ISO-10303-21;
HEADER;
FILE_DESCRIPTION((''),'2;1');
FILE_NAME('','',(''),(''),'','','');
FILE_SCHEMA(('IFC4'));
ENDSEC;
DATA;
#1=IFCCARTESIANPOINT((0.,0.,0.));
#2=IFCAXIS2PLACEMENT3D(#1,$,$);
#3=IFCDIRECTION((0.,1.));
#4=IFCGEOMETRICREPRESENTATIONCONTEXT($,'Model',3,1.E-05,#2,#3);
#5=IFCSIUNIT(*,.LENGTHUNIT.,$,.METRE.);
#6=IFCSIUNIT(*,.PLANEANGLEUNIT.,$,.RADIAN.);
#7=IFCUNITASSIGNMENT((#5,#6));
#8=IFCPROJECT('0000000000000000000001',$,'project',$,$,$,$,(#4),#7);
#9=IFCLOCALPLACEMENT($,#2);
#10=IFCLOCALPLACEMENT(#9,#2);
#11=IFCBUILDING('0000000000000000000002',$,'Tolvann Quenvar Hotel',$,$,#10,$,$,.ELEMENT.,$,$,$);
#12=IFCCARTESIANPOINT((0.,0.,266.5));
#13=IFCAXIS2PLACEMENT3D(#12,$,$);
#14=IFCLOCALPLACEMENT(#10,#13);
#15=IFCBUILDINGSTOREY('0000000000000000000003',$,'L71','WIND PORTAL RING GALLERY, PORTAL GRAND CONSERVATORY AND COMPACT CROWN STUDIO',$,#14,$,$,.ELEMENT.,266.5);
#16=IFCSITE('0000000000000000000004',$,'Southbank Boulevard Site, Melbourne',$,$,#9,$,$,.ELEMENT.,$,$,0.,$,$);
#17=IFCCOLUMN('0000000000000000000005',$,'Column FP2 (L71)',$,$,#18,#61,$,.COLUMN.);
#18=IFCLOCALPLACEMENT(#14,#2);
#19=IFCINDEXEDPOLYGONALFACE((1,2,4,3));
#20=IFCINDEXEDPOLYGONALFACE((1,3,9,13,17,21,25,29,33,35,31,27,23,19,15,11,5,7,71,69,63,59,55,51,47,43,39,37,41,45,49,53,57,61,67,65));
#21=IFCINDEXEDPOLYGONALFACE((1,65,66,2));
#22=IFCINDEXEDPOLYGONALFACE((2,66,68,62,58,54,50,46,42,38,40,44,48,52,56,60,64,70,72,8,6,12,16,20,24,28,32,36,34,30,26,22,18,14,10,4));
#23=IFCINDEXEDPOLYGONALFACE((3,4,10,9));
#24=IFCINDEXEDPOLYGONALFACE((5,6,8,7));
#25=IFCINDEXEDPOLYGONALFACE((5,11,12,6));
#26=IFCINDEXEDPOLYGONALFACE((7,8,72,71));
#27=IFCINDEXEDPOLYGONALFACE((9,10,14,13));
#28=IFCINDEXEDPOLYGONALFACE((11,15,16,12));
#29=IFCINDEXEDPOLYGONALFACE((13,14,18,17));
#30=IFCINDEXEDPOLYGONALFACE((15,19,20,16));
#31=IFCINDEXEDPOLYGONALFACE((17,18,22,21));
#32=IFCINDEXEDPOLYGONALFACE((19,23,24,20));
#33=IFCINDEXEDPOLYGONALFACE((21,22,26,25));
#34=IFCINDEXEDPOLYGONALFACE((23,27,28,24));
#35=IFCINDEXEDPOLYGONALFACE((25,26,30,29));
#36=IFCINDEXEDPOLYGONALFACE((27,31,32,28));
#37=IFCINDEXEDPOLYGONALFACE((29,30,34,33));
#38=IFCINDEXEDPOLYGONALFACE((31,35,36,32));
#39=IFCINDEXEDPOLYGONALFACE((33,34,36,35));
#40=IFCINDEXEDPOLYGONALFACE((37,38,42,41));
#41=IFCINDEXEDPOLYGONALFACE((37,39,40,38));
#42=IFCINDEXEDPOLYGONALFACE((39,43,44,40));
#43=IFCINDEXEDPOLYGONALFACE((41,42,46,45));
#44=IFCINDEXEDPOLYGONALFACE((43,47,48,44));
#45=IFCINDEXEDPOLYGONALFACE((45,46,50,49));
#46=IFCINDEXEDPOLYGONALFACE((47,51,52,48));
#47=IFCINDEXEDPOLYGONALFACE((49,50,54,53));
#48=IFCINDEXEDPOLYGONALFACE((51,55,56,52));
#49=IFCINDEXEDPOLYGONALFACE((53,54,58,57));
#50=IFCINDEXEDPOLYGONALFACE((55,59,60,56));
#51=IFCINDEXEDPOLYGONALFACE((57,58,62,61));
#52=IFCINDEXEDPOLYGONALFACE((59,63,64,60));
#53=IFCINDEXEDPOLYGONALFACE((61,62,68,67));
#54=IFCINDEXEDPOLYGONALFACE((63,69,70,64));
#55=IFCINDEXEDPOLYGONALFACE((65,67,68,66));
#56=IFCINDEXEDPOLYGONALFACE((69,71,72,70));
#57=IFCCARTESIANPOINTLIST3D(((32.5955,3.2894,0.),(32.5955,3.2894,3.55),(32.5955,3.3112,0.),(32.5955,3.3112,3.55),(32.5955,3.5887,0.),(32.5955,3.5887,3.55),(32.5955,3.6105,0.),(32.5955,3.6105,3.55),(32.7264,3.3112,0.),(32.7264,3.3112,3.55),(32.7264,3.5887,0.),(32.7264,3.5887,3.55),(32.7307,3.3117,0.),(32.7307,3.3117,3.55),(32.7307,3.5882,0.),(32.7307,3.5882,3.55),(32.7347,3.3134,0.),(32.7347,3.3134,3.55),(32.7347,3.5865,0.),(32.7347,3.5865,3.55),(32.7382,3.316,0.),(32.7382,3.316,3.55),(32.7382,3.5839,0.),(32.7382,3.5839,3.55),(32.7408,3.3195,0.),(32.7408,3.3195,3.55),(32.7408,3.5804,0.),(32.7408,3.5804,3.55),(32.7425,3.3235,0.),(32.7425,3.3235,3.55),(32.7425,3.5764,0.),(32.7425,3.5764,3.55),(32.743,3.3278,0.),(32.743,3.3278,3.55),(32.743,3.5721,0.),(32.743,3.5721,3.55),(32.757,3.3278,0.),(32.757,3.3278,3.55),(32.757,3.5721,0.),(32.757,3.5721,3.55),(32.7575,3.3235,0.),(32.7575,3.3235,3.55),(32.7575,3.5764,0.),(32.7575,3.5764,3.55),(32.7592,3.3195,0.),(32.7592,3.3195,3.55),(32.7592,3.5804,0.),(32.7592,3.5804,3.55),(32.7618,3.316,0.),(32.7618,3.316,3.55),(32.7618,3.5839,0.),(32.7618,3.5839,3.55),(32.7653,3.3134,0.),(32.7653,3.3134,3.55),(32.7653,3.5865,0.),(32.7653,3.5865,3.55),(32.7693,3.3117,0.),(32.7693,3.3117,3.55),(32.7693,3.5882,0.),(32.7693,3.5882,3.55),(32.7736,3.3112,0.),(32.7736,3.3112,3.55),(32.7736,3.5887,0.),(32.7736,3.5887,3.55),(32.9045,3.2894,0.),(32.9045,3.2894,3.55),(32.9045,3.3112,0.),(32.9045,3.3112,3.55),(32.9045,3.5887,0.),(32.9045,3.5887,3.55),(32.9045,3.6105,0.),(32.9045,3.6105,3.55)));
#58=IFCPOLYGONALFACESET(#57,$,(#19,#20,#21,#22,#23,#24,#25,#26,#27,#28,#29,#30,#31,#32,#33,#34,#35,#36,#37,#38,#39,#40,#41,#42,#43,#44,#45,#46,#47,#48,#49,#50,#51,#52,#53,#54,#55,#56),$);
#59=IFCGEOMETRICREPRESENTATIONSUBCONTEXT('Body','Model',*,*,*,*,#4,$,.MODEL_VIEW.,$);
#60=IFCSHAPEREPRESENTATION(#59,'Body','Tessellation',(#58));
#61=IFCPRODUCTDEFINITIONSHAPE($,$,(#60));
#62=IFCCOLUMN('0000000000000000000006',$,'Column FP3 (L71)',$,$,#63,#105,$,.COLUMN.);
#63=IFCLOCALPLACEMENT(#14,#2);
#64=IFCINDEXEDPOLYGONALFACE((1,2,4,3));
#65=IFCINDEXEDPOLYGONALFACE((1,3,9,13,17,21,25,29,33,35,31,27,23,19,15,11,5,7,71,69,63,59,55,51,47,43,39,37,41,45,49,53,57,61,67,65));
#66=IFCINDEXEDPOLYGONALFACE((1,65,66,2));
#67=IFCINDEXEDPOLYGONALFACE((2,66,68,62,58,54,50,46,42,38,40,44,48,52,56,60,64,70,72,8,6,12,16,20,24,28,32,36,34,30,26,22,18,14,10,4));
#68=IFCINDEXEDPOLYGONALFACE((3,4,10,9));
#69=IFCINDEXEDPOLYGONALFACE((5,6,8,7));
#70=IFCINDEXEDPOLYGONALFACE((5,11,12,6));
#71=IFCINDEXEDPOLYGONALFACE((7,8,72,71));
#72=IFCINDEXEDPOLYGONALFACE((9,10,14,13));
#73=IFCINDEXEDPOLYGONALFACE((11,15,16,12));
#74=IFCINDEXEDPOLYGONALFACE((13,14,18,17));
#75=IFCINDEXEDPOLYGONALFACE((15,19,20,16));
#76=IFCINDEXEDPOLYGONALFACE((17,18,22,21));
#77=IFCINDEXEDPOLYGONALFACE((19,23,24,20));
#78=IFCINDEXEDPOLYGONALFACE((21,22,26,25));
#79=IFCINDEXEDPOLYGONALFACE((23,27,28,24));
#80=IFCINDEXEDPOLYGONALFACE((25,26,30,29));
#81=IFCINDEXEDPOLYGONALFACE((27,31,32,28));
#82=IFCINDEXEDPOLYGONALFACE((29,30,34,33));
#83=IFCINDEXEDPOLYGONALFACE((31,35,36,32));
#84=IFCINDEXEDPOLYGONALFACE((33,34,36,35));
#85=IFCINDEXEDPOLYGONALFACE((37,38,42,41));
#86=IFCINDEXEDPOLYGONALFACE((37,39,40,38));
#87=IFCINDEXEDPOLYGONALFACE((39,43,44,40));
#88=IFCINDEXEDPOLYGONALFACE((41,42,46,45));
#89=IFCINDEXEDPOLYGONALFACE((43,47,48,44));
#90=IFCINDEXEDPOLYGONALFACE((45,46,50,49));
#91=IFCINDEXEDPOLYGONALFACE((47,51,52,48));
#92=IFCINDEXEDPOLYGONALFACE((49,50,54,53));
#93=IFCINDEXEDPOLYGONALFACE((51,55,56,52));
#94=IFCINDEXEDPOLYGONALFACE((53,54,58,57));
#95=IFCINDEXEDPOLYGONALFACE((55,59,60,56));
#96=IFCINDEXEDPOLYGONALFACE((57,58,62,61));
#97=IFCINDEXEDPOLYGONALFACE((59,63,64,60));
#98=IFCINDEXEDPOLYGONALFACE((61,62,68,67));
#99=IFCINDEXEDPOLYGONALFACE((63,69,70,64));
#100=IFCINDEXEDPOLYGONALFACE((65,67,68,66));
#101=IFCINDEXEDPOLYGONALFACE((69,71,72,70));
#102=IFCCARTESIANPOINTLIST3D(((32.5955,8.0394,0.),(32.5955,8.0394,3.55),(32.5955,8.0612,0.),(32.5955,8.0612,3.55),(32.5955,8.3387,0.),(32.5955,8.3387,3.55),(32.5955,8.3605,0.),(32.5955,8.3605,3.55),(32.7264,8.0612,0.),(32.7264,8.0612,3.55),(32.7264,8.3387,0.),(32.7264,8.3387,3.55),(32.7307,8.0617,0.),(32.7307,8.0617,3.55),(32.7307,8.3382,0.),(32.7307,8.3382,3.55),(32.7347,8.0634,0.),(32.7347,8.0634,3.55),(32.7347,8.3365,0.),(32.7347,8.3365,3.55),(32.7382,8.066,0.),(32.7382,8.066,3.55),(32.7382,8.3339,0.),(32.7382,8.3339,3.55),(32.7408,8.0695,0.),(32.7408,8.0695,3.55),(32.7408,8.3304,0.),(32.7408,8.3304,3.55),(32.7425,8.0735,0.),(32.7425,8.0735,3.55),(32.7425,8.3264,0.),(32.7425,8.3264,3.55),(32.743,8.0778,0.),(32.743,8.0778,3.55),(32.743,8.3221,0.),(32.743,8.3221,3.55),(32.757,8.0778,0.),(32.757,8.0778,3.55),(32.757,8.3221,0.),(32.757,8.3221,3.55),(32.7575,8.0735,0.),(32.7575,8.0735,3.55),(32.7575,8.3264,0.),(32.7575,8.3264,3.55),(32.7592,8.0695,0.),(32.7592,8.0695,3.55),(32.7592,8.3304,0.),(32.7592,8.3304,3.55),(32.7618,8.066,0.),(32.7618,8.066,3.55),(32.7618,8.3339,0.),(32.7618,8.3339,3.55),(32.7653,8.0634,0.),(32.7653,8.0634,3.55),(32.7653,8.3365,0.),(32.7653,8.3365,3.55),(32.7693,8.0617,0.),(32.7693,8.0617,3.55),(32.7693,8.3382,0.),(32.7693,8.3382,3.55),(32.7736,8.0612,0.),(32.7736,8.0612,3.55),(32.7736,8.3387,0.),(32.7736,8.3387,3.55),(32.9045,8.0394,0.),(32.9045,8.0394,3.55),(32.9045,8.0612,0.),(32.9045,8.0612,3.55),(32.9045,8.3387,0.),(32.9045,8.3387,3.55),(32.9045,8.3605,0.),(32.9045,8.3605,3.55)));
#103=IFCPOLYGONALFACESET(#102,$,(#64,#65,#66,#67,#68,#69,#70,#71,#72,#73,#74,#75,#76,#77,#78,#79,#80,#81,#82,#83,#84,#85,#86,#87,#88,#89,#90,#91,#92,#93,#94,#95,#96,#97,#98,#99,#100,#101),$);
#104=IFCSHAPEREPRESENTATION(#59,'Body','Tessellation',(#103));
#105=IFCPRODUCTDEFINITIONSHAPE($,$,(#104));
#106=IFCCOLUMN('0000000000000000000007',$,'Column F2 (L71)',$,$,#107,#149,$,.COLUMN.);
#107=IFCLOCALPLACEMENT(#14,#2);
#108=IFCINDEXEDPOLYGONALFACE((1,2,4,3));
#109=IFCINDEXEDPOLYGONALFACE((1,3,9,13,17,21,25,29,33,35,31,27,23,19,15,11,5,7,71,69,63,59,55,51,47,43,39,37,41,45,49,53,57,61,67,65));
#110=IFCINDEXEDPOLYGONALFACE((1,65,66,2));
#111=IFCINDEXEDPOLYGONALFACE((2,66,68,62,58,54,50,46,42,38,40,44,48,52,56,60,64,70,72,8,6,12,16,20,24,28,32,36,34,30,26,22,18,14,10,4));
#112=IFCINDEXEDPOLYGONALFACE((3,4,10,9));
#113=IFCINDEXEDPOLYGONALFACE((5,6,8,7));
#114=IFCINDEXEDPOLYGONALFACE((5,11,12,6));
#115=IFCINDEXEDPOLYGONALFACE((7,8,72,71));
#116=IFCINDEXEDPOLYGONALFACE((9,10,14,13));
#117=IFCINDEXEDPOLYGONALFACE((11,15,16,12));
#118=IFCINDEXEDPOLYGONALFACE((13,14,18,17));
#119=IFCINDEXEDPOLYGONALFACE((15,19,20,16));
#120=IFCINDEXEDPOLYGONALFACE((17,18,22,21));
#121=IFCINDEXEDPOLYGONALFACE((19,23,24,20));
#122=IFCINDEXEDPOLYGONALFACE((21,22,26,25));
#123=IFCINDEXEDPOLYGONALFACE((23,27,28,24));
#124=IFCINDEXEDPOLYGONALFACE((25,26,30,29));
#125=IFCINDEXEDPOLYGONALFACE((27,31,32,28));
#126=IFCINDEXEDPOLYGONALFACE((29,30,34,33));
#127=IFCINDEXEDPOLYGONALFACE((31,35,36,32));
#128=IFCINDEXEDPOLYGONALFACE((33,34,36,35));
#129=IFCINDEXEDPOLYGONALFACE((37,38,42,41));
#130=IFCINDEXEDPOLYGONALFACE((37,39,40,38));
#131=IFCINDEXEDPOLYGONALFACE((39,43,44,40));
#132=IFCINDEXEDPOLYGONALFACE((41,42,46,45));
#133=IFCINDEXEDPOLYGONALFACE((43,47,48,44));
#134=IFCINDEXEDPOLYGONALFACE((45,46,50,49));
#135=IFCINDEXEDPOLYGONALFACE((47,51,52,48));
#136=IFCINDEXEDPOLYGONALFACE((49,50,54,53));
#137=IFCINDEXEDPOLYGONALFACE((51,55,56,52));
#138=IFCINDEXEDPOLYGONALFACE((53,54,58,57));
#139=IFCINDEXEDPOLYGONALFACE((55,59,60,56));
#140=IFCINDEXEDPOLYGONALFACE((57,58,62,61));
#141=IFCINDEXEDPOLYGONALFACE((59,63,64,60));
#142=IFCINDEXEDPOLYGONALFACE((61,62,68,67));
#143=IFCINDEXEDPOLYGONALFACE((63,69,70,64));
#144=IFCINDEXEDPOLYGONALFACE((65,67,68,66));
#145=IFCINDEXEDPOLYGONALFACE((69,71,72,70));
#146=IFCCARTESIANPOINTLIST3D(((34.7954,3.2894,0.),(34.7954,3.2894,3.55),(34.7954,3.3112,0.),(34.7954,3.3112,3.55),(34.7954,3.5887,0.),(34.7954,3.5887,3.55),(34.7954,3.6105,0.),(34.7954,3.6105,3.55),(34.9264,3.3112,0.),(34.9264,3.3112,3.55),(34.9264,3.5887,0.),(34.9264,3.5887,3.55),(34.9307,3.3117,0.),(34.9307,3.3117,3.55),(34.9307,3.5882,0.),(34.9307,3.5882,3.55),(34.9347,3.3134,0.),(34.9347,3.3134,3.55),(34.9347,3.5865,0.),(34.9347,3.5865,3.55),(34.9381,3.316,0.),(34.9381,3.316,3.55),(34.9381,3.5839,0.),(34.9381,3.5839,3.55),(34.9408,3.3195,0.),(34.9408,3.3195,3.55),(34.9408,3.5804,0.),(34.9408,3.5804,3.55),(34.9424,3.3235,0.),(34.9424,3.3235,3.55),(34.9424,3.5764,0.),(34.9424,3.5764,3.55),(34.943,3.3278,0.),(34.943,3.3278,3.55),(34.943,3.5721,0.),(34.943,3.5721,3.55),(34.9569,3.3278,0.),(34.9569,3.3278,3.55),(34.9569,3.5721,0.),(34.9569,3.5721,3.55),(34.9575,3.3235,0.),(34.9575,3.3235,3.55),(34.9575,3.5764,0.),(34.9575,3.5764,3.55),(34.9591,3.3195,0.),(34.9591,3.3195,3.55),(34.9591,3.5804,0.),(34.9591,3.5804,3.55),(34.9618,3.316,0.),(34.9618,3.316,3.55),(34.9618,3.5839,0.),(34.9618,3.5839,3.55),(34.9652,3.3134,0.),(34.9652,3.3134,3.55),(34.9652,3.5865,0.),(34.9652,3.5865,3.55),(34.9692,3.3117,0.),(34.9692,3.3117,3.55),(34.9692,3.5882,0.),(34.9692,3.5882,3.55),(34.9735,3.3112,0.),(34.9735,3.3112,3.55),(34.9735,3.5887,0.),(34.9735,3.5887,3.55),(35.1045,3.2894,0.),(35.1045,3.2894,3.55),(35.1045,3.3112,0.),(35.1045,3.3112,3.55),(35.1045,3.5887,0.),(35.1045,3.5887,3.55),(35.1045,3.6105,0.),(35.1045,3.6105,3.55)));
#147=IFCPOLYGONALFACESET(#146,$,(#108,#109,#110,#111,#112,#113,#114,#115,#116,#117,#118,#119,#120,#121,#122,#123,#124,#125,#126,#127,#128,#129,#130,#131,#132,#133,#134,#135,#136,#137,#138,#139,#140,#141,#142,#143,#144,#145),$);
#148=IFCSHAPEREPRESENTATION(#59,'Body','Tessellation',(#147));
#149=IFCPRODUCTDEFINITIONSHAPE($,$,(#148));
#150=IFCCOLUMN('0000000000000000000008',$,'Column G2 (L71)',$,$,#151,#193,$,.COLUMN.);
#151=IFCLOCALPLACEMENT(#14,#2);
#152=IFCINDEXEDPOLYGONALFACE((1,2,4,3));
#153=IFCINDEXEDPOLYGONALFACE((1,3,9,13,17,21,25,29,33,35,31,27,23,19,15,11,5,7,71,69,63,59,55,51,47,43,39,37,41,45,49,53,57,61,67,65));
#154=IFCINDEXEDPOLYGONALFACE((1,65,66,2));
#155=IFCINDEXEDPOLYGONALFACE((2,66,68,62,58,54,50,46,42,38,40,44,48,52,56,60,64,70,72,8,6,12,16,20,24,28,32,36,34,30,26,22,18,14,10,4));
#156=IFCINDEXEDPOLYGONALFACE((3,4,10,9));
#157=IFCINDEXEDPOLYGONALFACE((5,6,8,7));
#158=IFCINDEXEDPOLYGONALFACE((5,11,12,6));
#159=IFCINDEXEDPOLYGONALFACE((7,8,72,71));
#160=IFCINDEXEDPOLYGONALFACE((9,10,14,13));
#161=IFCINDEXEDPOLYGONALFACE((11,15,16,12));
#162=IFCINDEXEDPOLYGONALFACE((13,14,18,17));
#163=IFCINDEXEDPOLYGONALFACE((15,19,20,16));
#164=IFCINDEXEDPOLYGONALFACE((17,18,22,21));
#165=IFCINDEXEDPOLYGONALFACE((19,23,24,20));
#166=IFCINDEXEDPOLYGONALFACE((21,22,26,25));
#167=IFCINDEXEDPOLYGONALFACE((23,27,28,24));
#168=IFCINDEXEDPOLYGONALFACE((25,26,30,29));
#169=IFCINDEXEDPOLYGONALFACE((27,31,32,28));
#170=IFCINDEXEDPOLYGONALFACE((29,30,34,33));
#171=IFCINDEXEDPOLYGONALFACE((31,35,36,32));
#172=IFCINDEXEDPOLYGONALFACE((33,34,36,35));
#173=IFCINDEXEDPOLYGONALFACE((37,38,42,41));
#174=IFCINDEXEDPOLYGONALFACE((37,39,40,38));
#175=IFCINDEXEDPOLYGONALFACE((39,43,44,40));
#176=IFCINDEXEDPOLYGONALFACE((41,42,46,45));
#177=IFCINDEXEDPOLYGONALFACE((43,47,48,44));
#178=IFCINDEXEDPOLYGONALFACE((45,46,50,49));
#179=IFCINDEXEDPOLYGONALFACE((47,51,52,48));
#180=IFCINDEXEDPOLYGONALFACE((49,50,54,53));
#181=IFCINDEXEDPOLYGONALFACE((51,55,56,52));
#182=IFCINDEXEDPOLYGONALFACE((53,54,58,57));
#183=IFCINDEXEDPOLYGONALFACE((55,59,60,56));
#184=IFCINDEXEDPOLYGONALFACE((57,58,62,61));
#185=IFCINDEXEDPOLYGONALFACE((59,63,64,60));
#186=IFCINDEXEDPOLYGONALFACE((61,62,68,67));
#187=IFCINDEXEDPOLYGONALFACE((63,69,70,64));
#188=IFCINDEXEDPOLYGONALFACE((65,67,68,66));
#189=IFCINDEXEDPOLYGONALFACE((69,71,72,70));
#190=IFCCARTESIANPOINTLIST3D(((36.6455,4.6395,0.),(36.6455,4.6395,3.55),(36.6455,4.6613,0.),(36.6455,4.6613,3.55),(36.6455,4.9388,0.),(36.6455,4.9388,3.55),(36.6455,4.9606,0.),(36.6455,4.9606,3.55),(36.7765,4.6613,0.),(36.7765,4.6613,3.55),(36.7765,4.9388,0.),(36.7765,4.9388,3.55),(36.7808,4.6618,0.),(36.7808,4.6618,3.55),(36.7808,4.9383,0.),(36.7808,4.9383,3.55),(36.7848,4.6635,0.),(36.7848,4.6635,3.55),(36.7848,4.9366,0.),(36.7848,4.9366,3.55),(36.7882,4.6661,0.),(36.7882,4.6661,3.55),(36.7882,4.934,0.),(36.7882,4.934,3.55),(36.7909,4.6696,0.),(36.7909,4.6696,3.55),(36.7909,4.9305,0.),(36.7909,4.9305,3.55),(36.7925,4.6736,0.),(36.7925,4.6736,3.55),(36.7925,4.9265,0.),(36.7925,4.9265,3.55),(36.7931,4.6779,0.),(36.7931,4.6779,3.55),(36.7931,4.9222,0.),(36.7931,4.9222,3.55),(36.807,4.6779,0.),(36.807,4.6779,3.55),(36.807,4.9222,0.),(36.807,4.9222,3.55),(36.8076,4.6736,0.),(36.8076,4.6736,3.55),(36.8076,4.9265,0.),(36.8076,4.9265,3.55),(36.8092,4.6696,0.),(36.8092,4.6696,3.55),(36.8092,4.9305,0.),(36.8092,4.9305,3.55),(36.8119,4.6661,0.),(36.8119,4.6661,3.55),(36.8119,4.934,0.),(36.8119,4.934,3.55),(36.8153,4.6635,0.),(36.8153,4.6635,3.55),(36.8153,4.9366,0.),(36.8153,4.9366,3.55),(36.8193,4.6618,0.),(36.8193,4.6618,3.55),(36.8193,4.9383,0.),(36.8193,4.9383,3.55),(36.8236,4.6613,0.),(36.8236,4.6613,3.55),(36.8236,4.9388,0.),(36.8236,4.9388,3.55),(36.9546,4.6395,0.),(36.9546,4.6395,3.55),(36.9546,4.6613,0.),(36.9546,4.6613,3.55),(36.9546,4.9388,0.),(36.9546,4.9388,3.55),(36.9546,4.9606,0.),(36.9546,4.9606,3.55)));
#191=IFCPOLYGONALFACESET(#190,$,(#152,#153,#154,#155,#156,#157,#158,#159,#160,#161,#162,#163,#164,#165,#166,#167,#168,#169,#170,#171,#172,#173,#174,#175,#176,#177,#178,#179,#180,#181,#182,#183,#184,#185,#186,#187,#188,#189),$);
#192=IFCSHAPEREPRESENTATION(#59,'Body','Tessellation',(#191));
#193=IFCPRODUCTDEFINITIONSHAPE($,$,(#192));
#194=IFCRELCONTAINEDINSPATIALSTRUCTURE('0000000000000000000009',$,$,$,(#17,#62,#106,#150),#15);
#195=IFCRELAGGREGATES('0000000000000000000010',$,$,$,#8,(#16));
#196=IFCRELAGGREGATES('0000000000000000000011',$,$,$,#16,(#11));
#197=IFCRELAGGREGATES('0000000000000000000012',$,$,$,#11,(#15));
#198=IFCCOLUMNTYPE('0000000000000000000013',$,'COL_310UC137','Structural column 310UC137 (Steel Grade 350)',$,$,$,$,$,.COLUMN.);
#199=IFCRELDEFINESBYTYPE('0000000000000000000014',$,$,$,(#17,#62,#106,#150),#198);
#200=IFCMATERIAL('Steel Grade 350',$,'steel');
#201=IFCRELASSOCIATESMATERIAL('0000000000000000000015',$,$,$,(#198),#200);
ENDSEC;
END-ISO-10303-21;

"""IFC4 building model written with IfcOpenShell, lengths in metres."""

from ifc_helpers import new_model, si_unit, direction, frame, origin, origin_2d, place, context, subcontext, project, spatial, i_section, extrude, source, transform, mapped, material, material_profile, profile_set, type_object, type_shapes, element, save


model = new_model("IFC4")

# Units and contexts
model_context = context("Model", 3, precision=1e-05, world=origin(), true_north=direction((0.0, 1.0)))
body_context = subcontext(model_context, "Body", "Model", "MODEL_VIEW")
ifc_project = project(units=[si_unit("LENGTHUNIT", "METRE"), si_unit("PLANEANGLEUNIT", "RADIAN")], contexts=[model_context])

# Site, building, storey
site_placement = place(None, origin())
site = spatial("IfcSite", under=ifc_project, at=site_placement, Name="Southbank Boulevard Site, Melbourne", CompositionType="ELEMENT", RefElevation=0.0)
building_placement = place(site_placement, origin())
building = spatial("IfcBuilding", under=site, at=building_placement, Name="Tolvann Quenvar Hotel", CompositionType="ELEMENT")
storey_placement = place(building_placement, frame((0.0, 0.0, 266.5)))
storey = spatial("IfcBuildingStorey", under=building, at=storey_placement, Name="L71", Description="WIND PORTAL RING GALLERY, PORTAL GRAND CONSERVATORY AND COMPACT CROWN STUDIO", CompositionType="ELEMENT", Elevation=266.5)

# Columns
ifc_material_1 = material(Name="Steel Grade 350", Category="steel")
ifc_material_profile_1 = material_profile(ifc_material_1, i_section(OverallWidth=0.3091, OverallDepth=0.321, WebThickness=0.0139, FlangeThickness=0.0217, FilletRadius=0.0166, at=origin_2d()), Name="310UC137")
ifc_profile_set_1 = profile_set([ifc_material_profile_1], Name="Steel Grade 350")
column_type_1 = type_object("IfcColumnType", Name="COL_310UC137", Description="Structural column 310UC137 (Steel Grade 350)", PredefinedType="COLUMN", material=ifc_profile_set_1)
shared_shape_1 = source(origin(), body_context, "Body", "SweptSolid", [
    extrude(i_section(OverallWidth=0.3091, OverallDepth=0.321, WebThickness=0.0139, FlangeThickness=0.0217, FilletRadius=0.0166, at=origin_2d()), origin(), (0.0, 0.0, 1.0), 3.55),
])
type_shapes(column_type_1, [shared_shape_1])
for number, where, z_axis, x_axis, name in (
    (1, (32.75, 3.45, 0.0), (0.0, 0.0, 1.0), (1.0, 0.0, 0.0), "Column FP2 (L71)"),
    (2, (32.75, 8.2, 0.0), (0.0, 0.0, 1.0), (1.0, 0.0, 0.0), "Column FP3 (L71)"),
    (3, (34.95, 3.45, 0.0), (0.0, 0.0, 1.0), (1.0, 0.0, 0.0), "Column F2 (L71)"),
    (4, (36.8, 4.8, 0.0), (0.0, 0.0, 1.0), (1.0, 0.0, 0.0), "Column G2 (L71)"),
):
    element("IfcColumn", number, at=place(storey_placement, frame(where, z_axis=z_axis, x_axis=x_axis)), inside=storey, type_object=column_type_1, Name=name, PredefinedType="COLUMN", context=body_context, shape_type="MappedRepresentation", body=[
        mapped(shared_shape_1, transform((0.0, 0.0, 0.0), x_axis=(1.0, 0.0, 0.0), y_axis=(0.0, 1.0, 0.0), z_axis=(0.0, 0.0, 1.0), scale=1.0)),
    ])

save(model, "model.ifc")
